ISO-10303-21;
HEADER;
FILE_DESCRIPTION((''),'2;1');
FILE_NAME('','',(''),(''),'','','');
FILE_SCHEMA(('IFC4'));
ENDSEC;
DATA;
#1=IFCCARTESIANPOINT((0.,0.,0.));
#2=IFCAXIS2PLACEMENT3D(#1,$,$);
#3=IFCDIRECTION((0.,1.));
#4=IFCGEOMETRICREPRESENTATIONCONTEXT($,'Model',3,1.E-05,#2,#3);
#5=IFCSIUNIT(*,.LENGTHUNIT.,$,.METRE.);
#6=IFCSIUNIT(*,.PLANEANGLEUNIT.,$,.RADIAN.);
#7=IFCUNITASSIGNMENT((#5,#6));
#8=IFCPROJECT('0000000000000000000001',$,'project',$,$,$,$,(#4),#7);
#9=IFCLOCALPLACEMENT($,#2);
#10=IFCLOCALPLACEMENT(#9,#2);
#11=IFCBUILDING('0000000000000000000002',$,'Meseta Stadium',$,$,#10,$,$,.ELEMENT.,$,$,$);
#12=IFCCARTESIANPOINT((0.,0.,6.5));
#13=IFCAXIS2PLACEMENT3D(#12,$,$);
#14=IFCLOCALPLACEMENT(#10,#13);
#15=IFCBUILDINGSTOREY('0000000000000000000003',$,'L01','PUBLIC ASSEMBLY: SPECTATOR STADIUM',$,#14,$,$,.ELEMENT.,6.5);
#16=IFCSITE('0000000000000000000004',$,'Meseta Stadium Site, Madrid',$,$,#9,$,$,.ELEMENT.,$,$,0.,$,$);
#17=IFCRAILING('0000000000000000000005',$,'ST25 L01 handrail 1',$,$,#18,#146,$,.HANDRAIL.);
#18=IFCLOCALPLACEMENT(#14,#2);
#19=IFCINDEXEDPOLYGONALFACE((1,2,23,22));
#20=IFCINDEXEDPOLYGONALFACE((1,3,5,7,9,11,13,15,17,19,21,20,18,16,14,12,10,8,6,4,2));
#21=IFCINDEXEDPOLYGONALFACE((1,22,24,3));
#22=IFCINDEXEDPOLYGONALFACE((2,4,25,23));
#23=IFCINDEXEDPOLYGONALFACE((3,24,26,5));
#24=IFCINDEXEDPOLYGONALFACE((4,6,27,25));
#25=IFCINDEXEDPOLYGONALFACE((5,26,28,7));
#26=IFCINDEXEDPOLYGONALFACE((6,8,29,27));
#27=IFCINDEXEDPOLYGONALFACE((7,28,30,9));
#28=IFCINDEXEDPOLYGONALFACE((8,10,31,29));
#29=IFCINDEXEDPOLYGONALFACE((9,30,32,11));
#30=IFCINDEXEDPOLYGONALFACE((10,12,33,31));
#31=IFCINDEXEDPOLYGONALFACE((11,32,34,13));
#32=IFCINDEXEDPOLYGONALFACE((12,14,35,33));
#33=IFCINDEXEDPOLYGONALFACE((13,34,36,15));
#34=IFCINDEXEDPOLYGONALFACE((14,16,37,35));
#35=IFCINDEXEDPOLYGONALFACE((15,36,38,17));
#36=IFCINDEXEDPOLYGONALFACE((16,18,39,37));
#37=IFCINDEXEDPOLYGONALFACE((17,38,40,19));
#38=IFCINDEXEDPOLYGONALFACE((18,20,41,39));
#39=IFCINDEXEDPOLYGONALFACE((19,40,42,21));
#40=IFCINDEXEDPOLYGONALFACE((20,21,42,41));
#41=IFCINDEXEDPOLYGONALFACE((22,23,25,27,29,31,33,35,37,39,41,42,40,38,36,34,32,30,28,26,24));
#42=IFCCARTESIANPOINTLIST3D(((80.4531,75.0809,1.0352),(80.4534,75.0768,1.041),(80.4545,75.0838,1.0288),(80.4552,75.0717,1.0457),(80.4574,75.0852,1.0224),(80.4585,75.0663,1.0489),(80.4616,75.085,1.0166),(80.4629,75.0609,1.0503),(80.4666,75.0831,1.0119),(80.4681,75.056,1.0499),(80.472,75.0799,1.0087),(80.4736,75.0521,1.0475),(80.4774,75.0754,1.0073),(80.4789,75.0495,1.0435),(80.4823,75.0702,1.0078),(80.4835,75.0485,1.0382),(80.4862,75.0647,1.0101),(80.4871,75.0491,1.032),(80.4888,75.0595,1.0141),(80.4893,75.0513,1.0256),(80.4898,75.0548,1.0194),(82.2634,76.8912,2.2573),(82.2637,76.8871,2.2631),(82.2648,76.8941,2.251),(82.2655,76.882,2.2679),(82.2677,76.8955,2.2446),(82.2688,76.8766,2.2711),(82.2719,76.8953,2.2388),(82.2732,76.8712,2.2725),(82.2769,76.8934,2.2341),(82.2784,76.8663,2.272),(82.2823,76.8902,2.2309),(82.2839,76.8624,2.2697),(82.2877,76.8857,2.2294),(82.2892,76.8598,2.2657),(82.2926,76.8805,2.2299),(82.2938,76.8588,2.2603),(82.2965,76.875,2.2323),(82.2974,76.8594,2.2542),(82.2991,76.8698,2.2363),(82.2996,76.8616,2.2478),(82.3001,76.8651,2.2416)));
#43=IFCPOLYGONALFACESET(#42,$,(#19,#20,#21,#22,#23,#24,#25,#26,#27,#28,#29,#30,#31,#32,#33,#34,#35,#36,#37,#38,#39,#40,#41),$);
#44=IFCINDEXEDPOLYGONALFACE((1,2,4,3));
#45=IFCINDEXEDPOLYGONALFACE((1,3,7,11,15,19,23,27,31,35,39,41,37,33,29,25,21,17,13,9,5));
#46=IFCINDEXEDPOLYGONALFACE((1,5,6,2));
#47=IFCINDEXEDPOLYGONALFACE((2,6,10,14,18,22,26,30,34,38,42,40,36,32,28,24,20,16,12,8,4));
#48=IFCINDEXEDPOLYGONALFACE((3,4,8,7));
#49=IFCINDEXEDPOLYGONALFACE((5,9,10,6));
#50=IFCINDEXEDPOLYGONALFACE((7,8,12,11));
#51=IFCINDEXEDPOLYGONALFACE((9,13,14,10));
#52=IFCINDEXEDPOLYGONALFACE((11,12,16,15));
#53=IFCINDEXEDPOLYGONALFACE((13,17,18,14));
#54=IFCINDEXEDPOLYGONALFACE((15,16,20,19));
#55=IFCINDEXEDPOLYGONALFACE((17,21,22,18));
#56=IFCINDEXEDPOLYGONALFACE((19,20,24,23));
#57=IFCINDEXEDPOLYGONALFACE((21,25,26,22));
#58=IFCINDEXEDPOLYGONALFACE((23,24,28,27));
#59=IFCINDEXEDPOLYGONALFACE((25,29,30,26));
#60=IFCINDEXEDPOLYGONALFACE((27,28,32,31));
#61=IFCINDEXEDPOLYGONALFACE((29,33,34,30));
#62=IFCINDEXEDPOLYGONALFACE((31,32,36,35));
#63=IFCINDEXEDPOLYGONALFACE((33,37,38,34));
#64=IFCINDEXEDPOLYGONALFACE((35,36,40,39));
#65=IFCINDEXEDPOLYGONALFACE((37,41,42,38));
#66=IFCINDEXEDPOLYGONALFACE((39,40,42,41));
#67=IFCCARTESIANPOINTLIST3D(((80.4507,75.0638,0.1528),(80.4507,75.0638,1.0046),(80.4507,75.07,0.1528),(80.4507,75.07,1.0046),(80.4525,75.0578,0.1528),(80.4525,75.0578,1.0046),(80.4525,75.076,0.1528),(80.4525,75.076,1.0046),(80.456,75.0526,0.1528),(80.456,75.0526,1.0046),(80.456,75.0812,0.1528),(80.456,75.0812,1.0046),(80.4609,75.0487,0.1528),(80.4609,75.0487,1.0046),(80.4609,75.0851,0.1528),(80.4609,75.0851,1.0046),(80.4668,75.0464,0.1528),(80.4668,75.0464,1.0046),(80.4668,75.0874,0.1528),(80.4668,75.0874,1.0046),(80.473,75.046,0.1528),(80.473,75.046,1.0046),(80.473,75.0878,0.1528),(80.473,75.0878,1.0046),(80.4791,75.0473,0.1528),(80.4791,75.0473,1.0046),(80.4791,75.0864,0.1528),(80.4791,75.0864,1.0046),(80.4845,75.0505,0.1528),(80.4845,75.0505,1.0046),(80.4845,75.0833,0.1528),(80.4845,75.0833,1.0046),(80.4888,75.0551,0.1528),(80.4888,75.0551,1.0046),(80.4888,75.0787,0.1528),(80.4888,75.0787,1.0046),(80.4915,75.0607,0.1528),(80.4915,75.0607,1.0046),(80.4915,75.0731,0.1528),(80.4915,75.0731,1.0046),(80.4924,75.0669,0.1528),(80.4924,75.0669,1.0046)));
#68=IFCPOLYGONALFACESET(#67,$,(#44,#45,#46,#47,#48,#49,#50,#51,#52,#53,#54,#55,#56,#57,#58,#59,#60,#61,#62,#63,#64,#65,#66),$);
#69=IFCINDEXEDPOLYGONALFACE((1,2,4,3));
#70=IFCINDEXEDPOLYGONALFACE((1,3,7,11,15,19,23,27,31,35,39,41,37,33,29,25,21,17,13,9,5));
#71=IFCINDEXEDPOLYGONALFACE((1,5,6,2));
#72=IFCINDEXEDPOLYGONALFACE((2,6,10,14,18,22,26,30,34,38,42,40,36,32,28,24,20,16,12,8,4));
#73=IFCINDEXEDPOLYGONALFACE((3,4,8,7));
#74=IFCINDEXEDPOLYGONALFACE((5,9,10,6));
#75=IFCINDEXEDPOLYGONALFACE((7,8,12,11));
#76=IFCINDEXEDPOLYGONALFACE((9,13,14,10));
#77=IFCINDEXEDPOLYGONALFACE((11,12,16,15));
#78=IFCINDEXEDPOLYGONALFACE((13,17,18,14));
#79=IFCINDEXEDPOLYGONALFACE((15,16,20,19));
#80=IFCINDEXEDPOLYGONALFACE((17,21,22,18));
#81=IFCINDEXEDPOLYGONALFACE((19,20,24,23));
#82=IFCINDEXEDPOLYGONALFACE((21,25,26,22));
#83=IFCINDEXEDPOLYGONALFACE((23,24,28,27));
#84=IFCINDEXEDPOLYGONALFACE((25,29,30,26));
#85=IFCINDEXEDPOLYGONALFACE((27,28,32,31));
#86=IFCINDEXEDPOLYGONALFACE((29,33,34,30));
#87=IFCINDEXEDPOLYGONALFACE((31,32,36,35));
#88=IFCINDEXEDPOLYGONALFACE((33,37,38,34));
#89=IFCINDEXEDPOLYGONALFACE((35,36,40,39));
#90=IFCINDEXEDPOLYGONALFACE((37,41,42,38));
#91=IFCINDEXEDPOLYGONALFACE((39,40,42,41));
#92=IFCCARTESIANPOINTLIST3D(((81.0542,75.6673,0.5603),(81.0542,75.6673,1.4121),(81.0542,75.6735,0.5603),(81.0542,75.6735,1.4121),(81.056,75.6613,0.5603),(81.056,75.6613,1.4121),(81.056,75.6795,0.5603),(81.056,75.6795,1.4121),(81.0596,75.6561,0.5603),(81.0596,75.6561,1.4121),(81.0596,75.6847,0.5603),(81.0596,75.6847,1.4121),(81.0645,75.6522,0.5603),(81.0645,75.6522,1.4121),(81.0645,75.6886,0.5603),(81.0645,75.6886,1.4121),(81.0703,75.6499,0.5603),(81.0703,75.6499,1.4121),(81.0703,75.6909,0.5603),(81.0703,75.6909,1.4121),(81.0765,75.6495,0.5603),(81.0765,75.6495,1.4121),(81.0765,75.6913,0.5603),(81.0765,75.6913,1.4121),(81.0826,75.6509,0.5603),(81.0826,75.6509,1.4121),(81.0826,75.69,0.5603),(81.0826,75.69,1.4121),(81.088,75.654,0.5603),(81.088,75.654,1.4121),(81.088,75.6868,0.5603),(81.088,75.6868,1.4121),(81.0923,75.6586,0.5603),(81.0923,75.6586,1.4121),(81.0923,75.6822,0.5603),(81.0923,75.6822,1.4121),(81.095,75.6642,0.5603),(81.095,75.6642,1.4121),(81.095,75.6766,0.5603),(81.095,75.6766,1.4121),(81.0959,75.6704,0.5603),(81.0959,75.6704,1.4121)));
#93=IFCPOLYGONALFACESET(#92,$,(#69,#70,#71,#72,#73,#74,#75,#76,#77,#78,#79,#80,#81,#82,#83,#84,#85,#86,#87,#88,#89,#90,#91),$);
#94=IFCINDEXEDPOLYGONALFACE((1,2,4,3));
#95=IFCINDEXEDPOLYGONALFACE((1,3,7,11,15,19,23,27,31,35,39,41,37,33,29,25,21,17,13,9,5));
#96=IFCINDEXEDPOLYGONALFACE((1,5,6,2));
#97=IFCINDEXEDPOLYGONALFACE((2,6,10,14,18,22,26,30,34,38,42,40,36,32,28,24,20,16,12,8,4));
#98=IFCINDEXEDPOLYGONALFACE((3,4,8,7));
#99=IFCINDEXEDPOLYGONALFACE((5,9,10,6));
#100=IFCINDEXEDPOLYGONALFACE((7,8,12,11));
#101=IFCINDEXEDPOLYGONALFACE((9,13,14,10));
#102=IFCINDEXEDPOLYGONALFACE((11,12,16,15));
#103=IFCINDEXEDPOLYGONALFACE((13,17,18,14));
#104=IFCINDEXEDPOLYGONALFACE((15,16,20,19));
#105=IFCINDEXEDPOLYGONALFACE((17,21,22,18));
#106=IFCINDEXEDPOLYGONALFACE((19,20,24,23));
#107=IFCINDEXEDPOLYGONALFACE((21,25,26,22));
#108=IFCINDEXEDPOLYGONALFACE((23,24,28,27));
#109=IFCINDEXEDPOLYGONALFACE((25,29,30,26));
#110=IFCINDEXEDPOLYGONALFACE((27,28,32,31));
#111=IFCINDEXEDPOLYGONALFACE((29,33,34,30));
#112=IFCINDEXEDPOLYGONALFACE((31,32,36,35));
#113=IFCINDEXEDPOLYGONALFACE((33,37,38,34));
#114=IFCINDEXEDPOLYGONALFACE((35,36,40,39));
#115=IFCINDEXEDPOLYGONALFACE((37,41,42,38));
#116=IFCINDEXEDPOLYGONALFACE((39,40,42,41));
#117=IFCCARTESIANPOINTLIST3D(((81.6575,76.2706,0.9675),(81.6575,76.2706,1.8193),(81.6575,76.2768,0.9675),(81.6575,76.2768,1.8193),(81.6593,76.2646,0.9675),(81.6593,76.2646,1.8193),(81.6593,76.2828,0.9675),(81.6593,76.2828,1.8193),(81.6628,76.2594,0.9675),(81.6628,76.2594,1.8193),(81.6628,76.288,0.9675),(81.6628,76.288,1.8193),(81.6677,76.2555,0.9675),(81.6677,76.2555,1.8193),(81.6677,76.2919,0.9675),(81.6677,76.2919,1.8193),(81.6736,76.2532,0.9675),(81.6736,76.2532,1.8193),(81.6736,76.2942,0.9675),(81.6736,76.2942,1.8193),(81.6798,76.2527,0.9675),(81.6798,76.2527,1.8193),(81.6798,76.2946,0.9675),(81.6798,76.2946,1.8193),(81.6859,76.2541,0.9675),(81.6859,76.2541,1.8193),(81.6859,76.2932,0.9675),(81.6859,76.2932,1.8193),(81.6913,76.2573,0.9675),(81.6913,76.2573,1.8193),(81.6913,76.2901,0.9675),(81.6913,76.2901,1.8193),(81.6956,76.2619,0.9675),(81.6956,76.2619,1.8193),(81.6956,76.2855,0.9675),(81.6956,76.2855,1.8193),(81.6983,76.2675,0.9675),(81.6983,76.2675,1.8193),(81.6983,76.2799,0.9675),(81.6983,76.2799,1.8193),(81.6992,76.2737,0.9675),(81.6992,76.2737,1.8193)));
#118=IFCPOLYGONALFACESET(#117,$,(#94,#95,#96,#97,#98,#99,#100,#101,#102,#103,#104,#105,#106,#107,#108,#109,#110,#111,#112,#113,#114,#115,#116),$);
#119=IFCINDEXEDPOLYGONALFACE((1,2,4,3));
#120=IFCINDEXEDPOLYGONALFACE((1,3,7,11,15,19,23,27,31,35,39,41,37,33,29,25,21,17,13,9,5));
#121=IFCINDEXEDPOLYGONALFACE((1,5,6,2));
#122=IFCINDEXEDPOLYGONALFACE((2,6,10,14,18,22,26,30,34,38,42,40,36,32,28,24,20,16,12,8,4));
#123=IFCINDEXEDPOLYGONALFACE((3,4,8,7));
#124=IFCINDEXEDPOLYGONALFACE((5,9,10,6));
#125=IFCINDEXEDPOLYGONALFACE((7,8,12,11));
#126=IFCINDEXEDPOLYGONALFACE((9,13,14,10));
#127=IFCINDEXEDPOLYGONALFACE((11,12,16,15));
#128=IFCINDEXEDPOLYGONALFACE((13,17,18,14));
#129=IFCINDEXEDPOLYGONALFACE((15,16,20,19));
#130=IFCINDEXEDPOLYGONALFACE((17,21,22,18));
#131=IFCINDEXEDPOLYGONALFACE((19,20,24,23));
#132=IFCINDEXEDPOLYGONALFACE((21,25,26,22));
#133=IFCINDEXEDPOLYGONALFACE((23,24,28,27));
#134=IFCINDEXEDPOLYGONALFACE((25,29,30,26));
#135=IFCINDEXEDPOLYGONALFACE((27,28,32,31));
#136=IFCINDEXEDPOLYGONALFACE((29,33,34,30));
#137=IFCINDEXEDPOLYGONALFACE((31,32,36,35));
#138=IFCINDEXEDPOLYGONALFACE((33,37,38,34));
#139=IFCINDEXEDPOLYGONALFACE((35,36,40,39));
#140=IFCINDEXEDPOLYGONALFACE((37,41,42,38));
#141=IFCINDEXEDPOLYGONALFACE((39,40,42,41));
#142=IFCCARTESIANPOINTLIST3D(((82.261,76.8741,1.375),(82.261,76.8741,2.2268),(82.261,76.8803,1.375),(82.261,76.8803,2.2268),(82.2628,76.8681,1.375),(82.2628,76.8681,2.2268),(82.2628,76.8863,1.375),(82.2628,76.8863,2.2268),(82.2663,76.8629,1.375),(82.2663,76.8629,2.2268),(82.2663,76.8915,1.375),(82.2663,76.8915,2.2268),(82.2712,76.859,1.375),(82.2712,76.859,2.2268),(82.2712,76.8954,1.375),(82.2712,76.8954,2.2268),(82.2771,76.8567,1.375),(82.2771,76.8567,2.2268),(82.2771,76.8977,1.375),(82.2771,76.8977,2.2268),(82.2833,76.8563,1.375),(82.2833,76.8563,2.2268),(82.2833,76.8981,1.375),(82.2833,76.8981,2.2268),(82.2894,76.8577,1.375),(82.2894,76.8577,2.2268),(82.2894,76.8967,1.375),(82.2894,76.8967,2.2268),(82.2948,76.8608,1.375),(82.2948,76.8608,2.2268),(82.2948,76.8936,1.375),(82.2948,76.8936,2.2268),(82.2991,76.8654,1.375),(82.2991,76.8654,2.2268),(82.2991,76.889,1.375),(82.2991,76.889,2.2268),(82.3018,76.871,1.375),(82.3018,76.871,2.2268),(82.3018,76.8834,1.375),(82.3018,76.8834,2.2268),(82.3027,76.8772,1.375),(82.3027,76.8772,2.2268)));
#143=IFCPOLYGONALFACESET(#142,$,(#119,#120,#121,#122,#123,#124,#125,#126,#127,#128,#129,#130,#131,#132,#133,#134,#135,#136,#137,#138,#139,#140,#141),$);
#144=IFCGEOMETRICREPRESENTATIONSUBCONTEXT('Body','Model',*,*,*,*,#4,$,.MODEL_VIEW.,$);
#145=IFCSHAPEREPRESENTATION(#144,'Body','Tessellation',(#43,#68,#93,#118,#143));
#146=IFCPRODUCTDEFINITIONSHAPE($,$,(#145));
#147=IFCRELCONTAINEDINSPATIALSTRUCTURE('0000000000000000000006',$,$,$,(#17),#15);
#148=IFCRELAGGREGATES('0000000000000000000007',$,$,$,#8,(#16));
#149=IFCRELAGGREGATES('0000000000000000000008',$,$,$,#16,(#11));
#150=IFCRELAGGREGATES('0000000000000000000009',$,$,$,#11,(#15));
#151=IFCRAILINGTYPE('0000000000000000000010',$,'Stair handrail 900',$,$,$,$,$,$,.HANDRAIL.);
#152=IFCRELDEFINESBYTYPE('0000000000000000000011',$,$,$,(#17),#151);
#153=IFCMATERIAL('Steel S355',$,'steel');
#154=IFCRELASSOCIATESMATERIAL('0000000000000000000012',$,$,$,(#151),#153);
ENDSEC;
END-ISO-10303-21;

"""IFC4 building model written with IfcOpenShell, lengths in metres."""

from ifc_helpers import new_model, si_unit, direction, frame, origin, origin_2d, place, context, subcontext, project, spatial, circle, extrude, material, type_object, element, save


model = new_model("IFC4")

# Units and contexts
model_context = context("Model", 3, precision=1e-05, world=origin(), true_north=direction((0.0, 1.0)))
body_context = subcontext(model_context, "Body", "Model", "MODEL_VIEW")
ifc_project = project(units=[si_unit("LENGTHUNIT", "METRE"), si_unit("PLANEANGLEUNIT", "RADIAN")], contexts=[model_context])

# Site, building, storey
site_placement = place(None, origin())
site = spatial("IfcSite", under=ifc_project, at=site_placement, Name="Meseta Stadium Site, Madrid", CompositionType="ELEMENT", RefElevation=0.0)
building_placement = place(site_placement, origin())
building = spatial("IfcBuilding", under=site, at=building_placement, Name="Meseta Stadium", CompositionType="ELEMENT")
storey_placement = place(building_placement, frame((0.0, 0.0, 6.5)))
storey = spatial("IfcBuildingStorey", under=building, at=storey_placement, Name="L01", Description="PUBLIC ASSEMBLY: SPECTATOR STADIUM", CompositionType="ELEMENT", Elevation=6.5)

# Railing
ifc_material_1 = material(Name="Steel S355", Category="steel")
railing_type_1 = type_object("IfcRailingType", Name="Stair handrail 900", PredefinedType="HANDRAIL", material=ifc_material_1)
railing_1_placement = place(storey_placement, frame((80.4714, 75.0669, 0.1528)))
element("IfcRailing", 1, at=railing_1_placement, inside=storey, type_object=railing_type_1, Name="ST25 L01 handrail 1", PredefinedType="HANDRAIL", context=body_context, shape_type="SweptSolid", body=[
    extrude(circle(Radius=0.0239, at=origin_2d()), frame((0.0, 0.0, 0.876), z_axis=(0.638124, 0.638124, 0.430809), x_axis=(-0.707107, 0.707107, 0.0)), (0.0, 0.0, 1.0), 2.8369),
    extrude(circle(Radius=0.021, at=origin_2d()), origin(), (0.0, 0.0, 1.0), 0.8518),
    extrude(circle(Radius=0.021, at=origin_2d()), frame((0.6035, 0.6035, 0.4075)), (0.0, 0.0, 1.0), 0.8518),
    extrude(circle(Radius=0.021, at=origin_2d()), frame((1.2068, 1.2068, 0.8147)), (0.0, 0.0, 1.0), 0.8518),
    extrude(circle(Radius=0.021, at=origin_2d()), frame((1.8103, 1.8103, 1.2222)), (0.0, 0.0, 1.0), 0.8518),
])

save(model, "model.ifc")
